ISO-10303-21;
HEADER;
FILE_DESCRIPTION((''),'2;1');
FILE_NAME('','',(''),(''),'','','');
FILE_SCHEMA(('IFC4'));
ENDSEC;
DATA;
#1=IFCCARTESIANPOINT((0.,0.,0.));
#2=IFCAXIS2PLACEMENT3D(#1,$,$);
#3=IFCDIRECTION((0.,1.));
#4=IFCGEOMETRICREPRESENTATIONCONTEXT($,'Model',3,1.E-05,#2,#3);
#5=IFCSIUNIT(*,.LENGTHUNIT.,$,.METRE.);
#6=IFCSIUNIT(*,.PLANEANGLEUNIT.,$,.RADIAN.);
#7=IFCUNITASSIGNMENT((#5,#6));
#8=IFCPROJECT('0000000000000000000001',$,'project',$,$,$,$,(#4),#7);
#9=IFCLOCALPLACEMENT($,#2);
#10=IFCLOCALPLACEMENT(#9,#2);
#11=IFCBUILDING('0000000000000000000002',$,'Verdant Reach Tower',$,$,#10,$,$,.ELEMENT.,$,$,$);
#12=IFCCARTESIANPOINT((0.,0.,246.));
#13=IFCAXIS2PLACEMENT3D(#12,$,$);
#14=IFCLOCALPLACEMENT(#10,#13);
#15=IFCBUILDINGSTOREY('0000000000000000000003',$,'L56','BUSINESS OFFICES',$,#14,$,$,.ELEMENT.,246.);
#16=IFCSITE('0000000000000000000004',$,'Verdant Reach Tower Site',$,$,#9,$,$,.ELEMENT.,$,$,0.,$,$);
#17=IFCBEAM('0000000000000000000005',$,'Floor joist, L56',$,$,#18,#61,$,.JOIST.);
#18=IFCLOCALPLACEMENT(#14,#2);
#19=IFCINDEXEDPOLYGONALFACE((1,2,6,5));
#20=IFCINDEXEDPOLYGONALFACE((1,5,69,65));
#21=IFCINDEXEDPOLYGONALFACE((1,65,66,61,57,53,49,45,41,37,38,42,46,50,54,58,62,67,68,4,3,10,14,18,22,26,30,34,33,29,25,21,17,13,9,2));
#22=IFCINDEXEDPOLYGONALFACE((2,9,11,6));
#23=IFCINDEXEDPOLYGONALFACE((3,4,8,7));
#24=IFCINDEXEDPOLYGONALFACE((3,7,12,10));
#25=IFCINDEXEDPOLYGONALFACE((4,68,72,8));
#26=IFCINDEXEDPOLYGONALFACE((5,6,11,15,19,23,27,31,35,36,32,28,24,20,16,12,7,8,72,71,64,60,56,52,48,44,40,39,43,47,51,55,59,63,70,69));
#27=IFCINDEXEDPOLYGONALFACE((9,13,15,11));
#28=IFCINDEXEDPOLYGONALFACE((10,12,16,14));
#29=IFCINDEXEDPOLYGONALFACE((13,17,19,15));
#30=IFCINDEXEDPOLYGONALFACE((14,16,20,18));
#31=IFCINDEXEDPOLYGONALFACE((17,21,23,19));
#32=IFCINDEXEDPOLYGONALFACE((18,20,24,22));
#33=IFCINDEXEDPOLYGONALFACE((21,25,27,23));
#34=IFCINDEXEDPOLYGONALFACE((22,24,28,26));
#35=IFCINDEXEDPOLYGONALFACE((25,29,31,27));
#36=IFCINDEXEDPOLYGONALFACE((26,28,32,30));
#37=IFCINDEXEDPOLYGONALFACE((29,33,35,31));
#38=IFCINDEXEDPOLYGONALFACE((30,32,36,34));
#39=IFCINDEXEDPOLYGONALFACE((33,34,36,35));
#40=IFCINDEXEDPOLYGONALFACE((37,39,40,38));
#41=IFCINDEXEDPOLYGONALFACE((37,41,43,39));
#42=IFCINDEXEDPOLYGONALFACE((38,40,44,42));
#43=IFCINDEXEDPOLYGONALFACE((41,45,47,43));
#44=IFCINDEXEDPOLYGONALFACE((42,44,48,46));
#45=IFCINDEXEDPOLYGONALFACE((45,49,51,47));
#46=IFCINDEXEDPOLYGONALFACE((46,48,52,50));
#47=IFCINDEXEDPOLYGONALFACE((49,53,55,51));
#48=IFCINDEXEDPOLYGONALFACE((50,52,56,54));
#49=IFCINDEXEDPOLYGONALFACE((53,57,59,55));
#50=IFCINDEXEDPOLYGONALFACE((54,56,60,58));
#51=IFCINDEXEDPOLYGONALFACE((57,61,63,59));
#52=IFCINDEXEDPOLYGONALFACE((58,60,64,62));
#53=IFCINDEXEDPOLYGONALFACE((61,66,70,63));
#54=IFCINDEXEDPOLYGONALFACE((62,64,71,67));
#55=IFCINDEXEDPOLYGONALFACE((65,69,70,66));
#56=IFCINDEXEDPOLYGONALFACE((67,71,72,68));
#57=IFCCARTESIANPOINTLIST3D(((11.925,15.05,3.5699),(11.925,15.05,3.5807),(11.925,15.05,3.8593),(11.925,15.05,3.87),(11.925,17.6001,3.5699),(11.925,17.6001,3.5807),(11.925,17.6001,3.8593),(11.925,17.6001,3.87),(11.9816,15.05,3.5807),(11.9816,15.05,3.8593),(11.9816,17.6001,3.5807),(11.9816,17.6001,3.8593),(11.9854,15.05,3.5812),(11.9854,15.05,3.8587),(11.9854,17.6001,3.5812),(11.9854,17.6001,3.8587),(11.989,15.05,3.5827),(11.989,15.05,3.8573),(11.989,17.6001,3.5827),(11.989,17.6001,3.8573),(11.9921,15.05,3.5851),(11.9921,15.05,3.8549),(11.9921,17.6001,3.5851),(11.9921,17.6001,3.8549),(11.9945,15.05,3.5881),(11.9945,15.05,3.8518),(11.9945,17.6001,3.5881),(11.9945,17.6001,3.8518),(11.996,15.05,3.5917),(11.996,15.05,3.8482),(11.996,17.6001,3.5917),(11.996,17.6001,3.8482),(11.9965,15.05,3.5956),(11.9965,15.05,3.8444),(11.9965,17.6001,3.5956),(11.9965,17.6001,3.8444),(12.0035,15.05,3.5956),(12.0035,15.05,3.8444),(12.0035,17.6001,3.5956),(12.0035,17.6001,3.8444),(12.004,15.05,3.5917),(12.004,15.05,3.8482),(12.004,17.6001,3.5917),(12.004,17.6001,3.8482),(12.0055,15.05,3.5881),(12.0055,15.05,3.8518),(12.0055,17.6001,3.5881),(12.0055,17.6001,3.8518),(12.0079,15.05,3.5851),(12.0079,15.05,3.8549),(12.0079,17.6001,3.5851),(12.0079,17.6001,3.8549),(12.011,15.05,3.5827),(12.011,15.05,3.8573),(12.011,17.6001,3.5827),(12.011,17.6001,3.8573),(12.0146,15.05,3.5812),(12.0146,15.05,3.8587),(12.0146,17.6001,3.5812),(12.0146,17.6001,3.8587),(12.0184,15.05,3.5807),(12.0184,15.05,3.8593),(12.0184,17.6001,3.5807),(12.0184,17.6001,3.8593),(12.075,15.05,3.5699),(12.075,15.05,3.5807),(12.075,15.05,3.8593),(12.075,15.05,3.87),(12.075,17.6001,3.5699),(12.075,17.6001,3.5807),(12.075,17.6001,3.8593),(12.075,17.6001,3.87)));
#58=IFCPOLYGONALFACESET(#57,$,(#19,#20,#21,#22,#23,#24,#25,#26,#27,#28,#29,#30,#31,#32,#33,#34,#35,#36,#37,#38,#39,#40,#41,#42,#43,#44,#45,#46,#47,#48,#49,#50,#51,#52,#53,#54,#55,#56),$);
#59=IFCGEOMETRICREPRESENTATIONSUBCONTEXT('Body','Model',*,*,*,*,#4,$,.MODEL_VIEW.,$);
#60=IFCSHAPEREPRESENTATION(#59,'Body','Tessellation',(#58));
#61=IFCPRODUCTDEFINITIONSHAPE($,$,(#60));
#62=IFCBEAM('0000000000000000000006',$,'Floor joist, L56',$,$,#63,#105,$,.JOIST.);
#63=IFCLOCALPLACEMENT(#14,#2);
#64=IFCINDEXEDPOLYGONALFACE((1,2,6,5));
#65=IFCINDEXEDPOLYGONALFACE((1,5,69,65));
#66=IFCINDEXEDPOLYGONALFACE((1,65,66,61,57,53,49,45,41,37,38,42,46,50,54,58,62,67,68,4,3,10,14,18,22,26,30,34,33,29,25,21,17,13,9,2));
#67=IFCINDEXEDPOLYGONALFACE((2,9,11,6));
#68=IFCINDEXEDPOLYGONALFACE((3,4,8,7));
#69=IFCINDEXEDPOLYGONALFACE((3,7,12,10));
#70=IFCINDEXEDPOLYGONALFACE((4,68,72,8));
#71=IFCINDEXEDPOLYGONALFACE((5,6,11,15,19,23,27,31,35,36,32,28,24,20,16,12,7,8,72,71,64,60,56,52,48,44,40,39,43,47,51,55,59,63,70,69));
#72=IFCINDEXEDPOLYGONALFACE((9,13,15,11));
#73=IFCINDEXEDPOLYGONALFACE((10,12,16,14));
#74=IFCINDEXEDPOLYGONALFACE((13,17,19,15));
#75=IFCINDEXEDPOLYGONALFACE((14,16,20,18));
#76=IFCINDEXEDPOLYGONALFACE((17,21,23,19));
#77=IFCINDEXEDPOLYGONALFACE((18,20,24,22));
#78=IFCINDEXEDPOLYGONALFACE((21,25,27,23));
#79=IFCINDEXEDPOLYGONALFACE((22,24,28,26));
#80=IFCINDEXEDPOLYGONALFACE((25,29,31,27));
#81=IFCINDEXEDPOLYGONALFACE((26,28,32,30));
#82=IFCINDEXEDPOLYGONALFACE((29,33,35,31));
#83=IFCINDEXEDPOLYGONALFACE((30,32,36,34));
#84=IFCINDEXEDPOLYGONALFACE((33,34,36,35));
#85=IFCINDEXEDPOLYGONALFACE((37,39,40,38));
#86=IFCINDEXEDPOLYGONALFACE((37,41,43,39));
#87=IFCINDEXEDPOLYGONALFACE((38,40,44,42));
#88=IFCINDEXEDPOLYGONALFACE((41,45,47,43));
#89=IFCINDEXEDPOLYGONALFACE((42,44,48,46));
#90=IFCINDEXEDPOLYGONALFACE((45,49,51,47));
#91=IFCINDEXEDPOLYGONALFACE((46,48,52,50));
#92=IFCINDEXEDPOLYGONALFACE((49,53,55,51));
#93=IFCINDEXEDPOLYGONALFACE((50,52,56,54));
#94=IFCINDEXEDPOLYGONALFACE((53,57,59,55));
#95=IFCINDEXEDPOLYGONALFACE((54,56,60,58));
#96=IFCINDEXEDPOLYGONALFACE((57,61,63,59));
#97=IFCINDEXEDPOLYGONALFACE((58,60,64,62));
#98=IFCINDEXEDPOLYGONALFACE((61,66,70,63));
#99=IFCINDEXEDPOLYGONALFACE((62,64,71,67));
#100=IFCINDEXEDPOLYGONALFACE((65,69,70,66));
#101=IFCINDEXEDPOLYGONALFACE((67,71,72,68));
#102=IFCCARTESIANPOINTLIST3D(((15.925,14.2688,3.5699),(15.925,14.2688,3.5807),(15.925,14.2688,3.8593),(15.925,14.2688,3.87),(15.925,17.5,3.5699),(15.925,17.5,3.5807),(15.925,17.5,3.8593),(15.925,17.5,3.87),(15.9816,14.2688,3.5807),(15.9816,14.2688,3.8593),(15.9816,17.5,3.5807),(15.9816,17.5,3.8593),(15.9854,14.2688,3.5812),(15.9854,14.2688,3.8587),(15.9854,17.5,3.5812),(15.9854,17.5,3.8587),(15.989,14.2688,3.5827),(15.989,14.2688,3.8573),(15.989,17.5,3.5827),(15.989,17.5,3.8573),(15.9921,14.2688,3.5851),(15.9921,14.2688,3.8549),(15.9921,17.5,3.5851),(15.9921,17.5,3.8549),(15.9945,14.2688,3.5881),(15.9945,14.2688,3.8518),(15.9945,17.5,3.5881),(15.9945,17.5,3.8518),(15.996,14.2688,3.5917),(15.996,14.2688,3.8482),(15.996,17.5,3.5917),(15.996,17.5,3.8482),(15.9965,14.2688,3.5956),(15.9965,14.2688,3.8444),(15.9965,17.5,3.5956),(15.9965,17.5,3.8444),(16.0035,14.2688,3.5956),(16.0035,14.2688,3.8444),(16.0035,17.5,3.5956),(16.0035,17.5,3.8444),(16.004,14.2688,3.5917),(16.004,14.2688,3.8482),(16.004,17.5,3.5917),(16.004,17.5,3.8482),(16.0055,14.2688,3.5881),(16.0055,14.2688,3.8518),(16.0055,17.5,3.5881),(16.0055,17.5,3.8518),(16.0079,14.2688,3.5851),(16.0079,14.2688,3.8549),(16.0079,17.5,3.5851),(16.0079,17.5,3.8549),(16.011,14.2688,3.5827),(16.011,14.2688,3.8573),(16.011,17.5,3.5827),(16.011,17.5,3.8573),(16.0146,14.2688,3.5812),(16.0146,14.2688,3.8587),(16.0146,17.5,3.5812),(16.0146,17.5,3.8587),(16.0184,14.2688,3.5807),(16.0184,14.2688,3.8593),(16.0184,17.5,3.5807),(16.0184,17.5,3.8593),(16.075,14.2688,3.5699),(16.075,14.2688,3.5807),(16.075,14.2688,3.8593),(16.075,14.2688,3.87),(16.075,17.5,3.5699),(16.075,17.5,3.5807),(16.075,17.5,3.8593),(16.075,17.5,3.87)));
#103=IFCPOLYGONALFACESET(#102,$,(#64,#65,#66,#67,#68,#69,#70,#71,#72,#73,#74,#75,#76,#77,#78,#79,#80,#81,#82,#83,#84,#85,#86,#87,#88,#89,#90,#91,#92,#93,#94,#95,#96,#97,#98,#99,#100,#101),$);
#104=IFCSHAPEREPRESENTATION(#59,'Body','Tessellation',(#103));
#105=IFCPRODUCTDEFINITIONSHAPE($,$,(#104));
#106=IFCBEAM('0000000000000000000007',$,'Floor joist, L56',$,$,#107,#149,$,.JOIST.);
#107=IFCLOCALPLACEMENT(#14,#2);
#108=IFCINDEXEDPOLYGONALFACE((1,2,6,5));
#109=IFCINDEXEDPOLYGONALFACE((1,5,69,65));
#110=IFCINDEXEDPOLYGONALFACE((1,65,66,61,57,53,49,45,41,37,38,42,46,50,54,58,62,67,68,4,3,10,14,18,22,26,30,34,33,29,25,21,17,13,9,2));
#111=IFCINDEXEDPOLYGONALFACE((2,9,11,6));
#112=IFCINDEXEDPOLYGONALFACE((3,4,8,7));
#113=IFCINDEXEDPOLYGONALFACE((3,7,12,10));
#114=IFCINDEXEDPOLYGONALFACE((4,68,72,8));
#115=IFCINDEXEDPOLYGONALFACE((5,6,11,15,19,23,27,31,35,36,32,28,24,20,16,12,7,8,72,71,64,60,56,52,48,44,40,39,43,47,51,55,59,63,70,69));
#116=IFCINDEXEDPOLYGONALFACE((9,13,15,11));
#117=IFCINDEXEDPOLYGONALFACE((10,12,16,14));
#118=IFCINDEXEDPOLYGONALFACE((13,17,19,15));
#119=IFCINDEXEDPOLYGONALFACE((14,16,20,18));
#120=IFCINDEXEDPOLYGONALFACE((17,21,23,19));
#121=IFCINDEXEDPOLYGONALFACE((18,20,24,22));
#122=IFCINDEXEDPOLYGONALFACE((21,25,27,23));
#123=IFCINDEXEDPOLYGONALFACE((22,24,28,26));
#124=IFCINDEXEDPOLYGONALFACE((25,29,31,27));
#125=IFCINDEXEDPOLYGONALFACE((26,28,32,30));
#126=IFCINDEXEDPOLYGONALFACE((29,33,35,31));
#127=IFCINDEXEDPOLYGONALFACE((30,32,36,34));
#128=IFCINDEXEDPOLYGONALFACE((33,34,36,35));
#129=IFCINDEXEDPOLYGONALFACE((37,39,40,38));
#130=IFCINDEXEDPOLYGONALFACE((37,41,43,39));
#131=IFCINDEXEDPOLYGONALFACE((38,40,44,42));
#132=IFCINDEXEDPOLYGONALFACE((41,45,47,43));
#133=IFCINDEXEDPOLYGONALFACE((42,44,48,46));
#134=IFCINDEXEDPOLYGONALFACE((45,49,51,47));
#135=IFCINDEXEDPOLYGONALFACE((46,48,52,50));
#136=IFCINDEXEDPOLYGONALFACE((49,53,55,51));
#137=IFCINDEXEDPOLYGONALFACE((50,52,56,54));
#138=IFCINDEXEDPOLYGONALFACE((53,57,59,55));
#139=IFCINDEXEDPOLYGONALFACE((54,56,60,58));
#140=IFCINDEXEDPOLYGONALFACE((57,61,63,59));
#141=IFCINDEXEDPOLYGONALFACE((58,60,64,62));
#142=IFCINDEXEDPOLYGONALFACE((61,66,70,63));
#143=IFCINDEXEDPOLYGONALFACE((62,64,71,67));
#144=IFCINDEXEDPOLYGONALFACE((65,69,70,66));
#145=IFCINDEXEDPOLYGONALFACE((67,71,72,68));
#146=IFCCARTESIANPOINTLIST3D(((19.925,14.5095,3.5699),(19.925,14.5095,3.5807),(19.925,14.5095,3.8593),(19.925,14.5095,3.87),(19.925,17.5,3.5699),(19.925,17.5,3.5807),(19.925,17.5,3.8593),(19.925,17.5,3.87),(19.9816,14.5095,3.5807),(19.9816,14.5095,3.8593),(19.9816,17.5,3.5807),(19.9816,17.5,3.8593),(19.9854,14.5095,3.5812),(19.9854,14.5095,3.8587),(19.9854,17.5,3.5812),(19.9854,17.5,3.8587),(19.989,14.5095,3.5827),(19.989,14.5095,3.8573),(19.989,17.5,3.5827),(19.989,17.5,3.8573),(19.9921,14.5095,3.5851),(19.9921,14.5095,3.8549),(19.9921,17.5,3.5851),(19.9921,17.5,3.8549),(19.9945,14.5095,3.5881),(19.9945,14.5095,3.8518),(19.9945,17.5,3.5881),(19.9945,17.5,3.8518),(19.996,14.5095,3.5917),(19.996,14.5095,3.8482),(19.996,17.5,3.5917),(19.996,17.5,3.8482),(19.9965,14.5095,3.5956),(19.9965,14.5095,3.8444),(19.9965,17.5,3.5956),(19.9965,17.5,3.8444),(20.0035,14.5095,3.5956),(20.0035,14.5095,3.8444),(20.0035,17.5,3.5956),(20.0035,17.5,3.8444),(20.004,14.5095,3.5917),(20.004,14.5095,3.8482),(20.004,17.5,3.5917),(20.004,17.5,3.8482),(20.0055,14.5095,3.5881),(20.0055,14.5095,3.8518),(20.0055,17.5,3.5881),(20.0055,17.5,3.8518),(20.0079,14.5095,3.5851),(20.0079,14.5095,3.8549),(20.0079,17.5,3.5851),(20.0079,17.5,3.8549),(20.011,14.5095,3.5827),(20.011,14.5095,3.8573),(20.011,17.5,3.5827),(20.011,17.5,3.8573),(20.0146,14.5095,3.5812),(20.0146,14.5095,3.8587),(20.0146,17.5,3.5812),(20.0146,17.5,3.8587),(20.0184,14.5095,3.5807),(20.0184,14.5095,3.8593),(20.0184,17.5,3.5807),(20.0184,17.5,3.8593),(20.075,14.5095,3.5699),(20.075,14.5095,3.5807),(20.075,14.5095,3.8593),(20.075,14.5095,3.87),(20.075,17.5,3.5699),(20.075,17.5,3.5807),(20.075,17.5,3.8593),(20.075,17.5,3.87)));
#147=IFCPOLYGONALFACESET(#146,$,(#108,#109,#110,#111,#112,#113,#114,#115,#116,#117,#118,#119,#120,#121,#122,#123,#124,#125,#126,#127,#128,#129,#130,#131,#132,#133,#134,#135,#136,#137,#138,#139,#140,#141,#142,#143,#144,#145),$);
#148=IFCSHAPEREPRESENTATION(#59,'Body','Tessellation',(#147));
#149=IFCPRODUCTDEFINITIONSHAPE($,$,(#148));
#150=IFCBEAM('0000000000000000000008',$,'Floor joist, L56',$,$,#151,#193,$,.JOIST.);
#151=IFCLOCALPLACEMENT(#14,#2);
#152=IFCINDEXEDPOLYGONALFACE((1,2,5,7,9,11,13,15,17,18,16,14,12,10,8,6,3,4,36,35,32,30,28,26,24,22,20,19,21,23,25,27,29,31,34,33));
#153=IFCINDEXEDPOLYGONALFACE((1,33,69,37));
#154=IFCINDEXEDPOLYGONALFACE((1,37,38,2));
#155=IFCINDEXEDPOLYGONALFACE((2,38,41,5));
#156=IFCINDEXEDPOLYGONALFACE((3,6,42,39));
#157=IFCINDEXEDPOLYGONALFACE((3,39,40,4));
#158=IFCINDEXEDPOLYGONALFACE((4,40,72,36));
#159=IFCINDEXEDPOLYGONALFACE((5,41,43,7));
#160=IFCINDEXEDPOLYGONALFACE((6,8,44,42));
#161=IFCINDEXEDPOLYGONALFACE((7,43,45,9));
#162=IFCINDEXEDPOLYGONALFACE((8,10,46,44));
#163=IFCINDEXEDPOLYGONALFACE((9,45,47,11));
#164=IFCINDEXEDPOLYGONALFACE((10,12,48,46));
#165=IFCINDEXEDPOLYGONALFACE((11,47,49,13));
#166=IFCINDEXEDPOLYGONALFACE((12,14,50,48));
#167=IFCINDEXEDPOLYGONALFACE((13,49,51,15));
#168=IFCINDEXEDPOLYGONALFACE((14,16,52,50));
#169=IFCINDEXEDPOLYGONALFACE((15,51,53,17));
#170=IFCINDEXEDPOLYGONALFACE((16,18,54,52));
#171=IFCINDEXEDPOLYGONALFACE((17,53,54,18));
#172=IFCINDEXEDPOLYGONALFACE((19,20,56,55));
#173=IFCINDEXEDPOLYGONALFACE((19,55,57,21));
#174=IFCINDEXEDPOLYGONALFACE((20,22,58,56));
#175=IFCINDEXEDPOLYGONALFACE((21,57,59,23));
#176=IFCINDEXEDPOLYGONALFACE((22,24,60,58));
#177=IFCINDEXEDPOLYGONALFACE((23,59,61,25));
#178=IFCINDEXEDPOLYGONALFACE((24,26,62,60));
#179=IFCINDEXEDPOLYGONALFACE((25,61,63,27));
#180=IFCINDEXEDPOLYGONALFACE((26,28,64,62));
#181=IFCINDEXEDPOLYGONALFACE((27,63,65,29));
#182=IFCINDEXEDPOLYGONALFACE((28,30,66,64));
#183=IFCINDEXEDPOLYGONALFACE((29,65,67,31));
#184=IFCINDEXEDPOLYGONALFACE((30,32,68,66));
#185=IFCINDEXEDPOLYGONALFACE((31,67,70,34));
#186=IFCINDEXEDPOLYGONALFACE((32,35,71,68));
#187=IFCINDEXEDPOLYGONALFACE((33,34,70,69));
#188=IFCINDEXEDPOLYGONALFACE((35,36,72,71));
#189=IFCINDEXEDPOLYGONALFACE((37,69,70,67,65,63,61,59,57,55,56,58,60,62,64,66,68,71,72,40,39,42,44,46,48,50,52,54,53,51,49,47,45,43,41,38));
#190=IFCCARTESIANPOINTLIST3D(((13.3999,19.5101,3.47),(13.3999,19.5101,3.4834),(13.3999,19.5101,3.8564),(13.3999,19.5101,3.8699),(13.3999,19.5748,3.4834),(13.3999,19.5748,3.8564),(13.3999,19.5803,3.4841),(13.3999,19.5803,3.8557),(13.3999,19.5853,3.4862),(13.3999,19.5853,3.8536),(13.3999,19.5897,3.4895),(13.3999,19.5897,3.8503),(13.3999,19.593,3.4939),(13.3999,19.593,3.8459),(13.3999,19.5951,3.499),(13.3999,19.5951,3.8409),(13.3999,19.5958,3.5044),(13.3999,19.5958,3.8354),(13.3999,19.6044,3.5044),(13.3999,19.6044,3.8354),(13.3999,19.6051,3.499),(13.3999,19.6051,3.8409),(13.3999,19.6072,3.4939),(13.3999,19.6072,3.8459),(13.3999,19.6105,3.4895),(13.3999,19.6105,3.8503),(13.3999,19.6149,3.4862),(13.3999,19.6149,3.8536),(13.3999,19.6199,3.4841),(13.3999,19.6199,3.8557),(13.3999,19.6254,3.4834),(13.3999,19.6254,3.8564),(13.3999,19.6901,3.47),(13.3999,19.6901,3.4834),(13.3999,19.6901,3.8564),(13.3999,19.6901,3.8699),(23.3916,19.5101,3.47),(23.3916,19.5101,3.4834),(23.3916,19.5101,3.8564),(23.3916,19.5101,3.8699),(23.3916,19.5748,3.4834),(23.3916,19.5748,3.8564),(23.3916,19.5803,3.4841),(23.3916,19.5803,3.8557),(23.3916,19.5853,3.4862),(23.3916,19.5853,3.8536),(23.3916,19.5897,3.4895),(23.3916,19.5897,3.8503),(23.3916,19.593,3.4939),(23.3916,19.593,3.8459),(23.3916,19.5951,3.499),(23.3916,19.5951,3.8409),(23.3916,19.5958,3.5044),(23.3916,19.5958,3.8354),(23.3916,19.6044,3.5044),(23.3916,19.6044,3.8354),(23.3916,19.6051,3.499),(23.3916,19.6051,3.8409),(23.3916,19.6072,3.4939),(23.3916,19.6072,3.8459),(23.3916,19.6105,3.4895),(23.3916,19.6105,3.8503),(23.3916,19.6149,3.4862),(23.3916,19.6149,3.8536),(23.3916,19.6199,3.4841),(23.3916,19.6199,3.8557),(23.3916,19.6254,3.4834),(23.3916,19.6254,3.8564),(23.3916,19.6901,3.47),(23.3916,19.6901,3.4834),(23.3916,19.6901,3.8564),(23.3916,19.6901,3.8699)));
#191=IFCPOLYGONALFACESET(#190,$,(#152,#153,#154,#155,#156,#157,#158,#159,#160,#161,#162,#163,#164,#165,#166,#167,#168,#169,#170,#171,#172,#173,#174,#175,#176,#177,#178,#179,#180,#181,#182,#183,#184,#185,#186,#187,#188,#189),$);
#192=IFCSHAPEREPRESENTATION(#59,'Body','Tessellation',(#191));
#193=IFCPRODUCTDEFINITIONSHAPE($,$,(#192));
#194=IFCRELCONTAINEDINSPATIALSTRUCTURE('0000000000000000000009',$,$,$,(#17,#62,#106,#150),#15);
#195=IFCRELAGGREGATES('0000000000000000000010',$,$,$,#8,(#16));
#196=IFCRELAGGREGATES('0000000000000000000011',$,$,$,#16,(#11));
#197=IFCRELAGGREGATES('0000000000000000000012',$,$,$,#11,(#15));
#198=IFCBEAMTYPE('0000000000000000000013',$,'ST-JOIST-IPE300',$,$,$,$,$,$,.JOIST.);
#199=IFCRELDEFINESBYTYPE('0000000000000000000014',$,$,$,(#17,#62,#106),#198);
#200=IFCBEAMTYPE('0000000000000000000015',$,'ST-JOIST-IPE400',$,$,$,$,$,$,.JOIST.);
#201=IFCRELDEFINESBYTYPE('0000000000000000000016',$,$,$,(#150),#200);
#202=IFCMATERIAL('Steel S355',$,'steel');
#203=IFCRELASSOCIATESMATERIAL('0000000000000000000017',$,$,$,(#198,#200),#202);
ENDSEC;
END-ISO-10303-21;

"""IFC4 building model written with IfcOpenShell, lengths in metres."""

from ifc_helpers import new_model, si_unit, direction, frame, origin, origin_2d, place, context, subcontext, project, spatial, i_section, extrude, material, material_profile, profile_set, type_object, element, save


model = new_model("IFC4")

# Units and contexts
model_context = context("Model", 3, precision=1e-05, world=origin(), true_north=direction((0.0, 1.0)))
body_context = subcontext(model_context, "Body", "Model", "MODEL_VIEW")
ifc_project = project(units=[si_unit("LENGTHUNIT", "METRE"), si_unit("PLANEANGLEUNIT", "RADIAN")], contexts=[model_context])

# Site, building, storey
site_placement = place(None, origin())
site = spatial("IfcSite", under=ifc_project, at=site_placement, Name="Verdant Reach Tower Site", CompositionType="ELEMENT", RefElevation=0.0)
building_placement = place(site_placement, origin())
building = spatial("IfcBuilding", under=site, at=building_placement, Name="Verdant Reach Tower", CompositionType="ELEMENT")
storey_placement = place(building_placement, frame((0.0, 0.0, 246.0)))
storey = spatial("IfcBuildingStorey", under=building, at=storey_placement, Name="L56", Description="BUSINESS OFFICES", CompositionType="ELEMENT", Elevation=246.0)

# Beams
ifc_material_1 = material(Name="Steel S355", Category="steel")
ifc_material_profile_1 = material_profile(ifc_material_1, i_section(OverallWidth=0.1499, OverallDepth=0.3, WebThickness=0.0071, FlangeThickness=0.0107, FilletRadius=0.0149, at=origin_2d()), Name="IPE 300")
ifc_profile_set_1 = profile_set([ifc_material_profile_1], Name="Steel S355")
beam_type_1 = type_object("IfcBeamType", Name="ST-JOIST-IPE300", PredefinedType="JOIST", material=ifc_profile_set_1)
beam_1_placement = place(storey_placement, frame((12.0, 17.6001, 3.72), z_axis=(0.0, -1.0, 0.0), x_axis=(1.0, 0.0, 0.0)))
element("IfcBeam", 1, at=beam_1_placement, inside=storey, type_object=beam_type_1, Name="Floor joist, L56", PredefinedType="JOIST", context=body_context, shape_type="SweptSolid", body=[
    extrude(i_section(OverallWidth=0.1499, OverallDepth=0.3, WebThickness=0.0071, FlangeThickness=0.0107, FilletRadius=0.0149, at=origin_2d()), origin(), (0.0, 0.0, 1.0), 2.55),
])
beam_2_placement = place(storey_placement, frame((16.0, 17.5, 3.72), z_axis=(0.0, -1.0, 0.0), x_axis=(1.0, 0.0, 0.0)))
element("IfcBeam", 2, at=beam_2_placement, inside=storey, type_object=beam_type_1, Name="Floor joist, L56", PredefinedType="JOIST", context=body_context, shape_type="SweptSolid", body=[
    extrude(i_section(OverallWidth=0.1499, OverallDepth=0.3, WebThickness=0.0071, FlangeThickness=0.0107, FilletRadius=0.0149, at=origin_2d()), origin(), (0.0, 0.0, 1.0), 3.2312),
])
beam_3_placement = place(storey_placement, frame((20.0, 17.5, 3.72), z_axis=(0.0, -1.0, 0.0), x_axis=(1.0, 0.0, 0.0)))
element("IfcBeam", 3, at=beam_3_placement, inside=storey, type_object=beam_type_1, Name="Floor joist, L56", PredefinedType="JOIST", context=body_context, shape_type="SweptSolid", body=[
    extrude(i_section(OverallWidth=0.1499, OverallDepth=0.3, WebThickness=0.0071, FlangeThickness=0.0107, FilletRadius=0.0149, at=origin_2d()), origin(), (0.0, 0.0, 1.0), 2.9905),
])
ifc_material_profile_2 = material_profile(ifc_material_1, i_section(OverallWidth=0.1799, OverallDepth=0.3999, WebThickness=0.0085, FlangeThickness=0.0134, FilletRadius=0.021, at=origin_2d()), Name="IPE 400")
ifc_profile_set_2 = profile_set([ifc_material_profile_2], Name="Steel S355")
beam_type_2 = type_object("IfcBeamType", Name="ST-JOIST-IPE400", PredefinedType="JOIST", material=ifc_profile_set_2)
beam_4_placement = place(storey_placement, frame((13.3999, 19.6001, 3.6699), z_axis=(1.0, 0.0, 0.0), x_axis=(0.0, 1.0, 0.0)))
element("IfcBeam", 4, at=beam_4_placement, inside=storey, type_object=beam_type_2, Name="Floor joist, L56", PredefinedType="JOIST", context=body_context, shape_type="SweptSolid", body=[
    extrude(i_section(OverallWidth=0.1799, OverallDepth=0.3999, WebThickness=0.0085, FlangeThickness=0.0134, FilletRadius=0.021, at=origin_2d()), origin(), (0.0, 0.0, 1.0), 9.9917),
])

save(model, "model.ifc")
